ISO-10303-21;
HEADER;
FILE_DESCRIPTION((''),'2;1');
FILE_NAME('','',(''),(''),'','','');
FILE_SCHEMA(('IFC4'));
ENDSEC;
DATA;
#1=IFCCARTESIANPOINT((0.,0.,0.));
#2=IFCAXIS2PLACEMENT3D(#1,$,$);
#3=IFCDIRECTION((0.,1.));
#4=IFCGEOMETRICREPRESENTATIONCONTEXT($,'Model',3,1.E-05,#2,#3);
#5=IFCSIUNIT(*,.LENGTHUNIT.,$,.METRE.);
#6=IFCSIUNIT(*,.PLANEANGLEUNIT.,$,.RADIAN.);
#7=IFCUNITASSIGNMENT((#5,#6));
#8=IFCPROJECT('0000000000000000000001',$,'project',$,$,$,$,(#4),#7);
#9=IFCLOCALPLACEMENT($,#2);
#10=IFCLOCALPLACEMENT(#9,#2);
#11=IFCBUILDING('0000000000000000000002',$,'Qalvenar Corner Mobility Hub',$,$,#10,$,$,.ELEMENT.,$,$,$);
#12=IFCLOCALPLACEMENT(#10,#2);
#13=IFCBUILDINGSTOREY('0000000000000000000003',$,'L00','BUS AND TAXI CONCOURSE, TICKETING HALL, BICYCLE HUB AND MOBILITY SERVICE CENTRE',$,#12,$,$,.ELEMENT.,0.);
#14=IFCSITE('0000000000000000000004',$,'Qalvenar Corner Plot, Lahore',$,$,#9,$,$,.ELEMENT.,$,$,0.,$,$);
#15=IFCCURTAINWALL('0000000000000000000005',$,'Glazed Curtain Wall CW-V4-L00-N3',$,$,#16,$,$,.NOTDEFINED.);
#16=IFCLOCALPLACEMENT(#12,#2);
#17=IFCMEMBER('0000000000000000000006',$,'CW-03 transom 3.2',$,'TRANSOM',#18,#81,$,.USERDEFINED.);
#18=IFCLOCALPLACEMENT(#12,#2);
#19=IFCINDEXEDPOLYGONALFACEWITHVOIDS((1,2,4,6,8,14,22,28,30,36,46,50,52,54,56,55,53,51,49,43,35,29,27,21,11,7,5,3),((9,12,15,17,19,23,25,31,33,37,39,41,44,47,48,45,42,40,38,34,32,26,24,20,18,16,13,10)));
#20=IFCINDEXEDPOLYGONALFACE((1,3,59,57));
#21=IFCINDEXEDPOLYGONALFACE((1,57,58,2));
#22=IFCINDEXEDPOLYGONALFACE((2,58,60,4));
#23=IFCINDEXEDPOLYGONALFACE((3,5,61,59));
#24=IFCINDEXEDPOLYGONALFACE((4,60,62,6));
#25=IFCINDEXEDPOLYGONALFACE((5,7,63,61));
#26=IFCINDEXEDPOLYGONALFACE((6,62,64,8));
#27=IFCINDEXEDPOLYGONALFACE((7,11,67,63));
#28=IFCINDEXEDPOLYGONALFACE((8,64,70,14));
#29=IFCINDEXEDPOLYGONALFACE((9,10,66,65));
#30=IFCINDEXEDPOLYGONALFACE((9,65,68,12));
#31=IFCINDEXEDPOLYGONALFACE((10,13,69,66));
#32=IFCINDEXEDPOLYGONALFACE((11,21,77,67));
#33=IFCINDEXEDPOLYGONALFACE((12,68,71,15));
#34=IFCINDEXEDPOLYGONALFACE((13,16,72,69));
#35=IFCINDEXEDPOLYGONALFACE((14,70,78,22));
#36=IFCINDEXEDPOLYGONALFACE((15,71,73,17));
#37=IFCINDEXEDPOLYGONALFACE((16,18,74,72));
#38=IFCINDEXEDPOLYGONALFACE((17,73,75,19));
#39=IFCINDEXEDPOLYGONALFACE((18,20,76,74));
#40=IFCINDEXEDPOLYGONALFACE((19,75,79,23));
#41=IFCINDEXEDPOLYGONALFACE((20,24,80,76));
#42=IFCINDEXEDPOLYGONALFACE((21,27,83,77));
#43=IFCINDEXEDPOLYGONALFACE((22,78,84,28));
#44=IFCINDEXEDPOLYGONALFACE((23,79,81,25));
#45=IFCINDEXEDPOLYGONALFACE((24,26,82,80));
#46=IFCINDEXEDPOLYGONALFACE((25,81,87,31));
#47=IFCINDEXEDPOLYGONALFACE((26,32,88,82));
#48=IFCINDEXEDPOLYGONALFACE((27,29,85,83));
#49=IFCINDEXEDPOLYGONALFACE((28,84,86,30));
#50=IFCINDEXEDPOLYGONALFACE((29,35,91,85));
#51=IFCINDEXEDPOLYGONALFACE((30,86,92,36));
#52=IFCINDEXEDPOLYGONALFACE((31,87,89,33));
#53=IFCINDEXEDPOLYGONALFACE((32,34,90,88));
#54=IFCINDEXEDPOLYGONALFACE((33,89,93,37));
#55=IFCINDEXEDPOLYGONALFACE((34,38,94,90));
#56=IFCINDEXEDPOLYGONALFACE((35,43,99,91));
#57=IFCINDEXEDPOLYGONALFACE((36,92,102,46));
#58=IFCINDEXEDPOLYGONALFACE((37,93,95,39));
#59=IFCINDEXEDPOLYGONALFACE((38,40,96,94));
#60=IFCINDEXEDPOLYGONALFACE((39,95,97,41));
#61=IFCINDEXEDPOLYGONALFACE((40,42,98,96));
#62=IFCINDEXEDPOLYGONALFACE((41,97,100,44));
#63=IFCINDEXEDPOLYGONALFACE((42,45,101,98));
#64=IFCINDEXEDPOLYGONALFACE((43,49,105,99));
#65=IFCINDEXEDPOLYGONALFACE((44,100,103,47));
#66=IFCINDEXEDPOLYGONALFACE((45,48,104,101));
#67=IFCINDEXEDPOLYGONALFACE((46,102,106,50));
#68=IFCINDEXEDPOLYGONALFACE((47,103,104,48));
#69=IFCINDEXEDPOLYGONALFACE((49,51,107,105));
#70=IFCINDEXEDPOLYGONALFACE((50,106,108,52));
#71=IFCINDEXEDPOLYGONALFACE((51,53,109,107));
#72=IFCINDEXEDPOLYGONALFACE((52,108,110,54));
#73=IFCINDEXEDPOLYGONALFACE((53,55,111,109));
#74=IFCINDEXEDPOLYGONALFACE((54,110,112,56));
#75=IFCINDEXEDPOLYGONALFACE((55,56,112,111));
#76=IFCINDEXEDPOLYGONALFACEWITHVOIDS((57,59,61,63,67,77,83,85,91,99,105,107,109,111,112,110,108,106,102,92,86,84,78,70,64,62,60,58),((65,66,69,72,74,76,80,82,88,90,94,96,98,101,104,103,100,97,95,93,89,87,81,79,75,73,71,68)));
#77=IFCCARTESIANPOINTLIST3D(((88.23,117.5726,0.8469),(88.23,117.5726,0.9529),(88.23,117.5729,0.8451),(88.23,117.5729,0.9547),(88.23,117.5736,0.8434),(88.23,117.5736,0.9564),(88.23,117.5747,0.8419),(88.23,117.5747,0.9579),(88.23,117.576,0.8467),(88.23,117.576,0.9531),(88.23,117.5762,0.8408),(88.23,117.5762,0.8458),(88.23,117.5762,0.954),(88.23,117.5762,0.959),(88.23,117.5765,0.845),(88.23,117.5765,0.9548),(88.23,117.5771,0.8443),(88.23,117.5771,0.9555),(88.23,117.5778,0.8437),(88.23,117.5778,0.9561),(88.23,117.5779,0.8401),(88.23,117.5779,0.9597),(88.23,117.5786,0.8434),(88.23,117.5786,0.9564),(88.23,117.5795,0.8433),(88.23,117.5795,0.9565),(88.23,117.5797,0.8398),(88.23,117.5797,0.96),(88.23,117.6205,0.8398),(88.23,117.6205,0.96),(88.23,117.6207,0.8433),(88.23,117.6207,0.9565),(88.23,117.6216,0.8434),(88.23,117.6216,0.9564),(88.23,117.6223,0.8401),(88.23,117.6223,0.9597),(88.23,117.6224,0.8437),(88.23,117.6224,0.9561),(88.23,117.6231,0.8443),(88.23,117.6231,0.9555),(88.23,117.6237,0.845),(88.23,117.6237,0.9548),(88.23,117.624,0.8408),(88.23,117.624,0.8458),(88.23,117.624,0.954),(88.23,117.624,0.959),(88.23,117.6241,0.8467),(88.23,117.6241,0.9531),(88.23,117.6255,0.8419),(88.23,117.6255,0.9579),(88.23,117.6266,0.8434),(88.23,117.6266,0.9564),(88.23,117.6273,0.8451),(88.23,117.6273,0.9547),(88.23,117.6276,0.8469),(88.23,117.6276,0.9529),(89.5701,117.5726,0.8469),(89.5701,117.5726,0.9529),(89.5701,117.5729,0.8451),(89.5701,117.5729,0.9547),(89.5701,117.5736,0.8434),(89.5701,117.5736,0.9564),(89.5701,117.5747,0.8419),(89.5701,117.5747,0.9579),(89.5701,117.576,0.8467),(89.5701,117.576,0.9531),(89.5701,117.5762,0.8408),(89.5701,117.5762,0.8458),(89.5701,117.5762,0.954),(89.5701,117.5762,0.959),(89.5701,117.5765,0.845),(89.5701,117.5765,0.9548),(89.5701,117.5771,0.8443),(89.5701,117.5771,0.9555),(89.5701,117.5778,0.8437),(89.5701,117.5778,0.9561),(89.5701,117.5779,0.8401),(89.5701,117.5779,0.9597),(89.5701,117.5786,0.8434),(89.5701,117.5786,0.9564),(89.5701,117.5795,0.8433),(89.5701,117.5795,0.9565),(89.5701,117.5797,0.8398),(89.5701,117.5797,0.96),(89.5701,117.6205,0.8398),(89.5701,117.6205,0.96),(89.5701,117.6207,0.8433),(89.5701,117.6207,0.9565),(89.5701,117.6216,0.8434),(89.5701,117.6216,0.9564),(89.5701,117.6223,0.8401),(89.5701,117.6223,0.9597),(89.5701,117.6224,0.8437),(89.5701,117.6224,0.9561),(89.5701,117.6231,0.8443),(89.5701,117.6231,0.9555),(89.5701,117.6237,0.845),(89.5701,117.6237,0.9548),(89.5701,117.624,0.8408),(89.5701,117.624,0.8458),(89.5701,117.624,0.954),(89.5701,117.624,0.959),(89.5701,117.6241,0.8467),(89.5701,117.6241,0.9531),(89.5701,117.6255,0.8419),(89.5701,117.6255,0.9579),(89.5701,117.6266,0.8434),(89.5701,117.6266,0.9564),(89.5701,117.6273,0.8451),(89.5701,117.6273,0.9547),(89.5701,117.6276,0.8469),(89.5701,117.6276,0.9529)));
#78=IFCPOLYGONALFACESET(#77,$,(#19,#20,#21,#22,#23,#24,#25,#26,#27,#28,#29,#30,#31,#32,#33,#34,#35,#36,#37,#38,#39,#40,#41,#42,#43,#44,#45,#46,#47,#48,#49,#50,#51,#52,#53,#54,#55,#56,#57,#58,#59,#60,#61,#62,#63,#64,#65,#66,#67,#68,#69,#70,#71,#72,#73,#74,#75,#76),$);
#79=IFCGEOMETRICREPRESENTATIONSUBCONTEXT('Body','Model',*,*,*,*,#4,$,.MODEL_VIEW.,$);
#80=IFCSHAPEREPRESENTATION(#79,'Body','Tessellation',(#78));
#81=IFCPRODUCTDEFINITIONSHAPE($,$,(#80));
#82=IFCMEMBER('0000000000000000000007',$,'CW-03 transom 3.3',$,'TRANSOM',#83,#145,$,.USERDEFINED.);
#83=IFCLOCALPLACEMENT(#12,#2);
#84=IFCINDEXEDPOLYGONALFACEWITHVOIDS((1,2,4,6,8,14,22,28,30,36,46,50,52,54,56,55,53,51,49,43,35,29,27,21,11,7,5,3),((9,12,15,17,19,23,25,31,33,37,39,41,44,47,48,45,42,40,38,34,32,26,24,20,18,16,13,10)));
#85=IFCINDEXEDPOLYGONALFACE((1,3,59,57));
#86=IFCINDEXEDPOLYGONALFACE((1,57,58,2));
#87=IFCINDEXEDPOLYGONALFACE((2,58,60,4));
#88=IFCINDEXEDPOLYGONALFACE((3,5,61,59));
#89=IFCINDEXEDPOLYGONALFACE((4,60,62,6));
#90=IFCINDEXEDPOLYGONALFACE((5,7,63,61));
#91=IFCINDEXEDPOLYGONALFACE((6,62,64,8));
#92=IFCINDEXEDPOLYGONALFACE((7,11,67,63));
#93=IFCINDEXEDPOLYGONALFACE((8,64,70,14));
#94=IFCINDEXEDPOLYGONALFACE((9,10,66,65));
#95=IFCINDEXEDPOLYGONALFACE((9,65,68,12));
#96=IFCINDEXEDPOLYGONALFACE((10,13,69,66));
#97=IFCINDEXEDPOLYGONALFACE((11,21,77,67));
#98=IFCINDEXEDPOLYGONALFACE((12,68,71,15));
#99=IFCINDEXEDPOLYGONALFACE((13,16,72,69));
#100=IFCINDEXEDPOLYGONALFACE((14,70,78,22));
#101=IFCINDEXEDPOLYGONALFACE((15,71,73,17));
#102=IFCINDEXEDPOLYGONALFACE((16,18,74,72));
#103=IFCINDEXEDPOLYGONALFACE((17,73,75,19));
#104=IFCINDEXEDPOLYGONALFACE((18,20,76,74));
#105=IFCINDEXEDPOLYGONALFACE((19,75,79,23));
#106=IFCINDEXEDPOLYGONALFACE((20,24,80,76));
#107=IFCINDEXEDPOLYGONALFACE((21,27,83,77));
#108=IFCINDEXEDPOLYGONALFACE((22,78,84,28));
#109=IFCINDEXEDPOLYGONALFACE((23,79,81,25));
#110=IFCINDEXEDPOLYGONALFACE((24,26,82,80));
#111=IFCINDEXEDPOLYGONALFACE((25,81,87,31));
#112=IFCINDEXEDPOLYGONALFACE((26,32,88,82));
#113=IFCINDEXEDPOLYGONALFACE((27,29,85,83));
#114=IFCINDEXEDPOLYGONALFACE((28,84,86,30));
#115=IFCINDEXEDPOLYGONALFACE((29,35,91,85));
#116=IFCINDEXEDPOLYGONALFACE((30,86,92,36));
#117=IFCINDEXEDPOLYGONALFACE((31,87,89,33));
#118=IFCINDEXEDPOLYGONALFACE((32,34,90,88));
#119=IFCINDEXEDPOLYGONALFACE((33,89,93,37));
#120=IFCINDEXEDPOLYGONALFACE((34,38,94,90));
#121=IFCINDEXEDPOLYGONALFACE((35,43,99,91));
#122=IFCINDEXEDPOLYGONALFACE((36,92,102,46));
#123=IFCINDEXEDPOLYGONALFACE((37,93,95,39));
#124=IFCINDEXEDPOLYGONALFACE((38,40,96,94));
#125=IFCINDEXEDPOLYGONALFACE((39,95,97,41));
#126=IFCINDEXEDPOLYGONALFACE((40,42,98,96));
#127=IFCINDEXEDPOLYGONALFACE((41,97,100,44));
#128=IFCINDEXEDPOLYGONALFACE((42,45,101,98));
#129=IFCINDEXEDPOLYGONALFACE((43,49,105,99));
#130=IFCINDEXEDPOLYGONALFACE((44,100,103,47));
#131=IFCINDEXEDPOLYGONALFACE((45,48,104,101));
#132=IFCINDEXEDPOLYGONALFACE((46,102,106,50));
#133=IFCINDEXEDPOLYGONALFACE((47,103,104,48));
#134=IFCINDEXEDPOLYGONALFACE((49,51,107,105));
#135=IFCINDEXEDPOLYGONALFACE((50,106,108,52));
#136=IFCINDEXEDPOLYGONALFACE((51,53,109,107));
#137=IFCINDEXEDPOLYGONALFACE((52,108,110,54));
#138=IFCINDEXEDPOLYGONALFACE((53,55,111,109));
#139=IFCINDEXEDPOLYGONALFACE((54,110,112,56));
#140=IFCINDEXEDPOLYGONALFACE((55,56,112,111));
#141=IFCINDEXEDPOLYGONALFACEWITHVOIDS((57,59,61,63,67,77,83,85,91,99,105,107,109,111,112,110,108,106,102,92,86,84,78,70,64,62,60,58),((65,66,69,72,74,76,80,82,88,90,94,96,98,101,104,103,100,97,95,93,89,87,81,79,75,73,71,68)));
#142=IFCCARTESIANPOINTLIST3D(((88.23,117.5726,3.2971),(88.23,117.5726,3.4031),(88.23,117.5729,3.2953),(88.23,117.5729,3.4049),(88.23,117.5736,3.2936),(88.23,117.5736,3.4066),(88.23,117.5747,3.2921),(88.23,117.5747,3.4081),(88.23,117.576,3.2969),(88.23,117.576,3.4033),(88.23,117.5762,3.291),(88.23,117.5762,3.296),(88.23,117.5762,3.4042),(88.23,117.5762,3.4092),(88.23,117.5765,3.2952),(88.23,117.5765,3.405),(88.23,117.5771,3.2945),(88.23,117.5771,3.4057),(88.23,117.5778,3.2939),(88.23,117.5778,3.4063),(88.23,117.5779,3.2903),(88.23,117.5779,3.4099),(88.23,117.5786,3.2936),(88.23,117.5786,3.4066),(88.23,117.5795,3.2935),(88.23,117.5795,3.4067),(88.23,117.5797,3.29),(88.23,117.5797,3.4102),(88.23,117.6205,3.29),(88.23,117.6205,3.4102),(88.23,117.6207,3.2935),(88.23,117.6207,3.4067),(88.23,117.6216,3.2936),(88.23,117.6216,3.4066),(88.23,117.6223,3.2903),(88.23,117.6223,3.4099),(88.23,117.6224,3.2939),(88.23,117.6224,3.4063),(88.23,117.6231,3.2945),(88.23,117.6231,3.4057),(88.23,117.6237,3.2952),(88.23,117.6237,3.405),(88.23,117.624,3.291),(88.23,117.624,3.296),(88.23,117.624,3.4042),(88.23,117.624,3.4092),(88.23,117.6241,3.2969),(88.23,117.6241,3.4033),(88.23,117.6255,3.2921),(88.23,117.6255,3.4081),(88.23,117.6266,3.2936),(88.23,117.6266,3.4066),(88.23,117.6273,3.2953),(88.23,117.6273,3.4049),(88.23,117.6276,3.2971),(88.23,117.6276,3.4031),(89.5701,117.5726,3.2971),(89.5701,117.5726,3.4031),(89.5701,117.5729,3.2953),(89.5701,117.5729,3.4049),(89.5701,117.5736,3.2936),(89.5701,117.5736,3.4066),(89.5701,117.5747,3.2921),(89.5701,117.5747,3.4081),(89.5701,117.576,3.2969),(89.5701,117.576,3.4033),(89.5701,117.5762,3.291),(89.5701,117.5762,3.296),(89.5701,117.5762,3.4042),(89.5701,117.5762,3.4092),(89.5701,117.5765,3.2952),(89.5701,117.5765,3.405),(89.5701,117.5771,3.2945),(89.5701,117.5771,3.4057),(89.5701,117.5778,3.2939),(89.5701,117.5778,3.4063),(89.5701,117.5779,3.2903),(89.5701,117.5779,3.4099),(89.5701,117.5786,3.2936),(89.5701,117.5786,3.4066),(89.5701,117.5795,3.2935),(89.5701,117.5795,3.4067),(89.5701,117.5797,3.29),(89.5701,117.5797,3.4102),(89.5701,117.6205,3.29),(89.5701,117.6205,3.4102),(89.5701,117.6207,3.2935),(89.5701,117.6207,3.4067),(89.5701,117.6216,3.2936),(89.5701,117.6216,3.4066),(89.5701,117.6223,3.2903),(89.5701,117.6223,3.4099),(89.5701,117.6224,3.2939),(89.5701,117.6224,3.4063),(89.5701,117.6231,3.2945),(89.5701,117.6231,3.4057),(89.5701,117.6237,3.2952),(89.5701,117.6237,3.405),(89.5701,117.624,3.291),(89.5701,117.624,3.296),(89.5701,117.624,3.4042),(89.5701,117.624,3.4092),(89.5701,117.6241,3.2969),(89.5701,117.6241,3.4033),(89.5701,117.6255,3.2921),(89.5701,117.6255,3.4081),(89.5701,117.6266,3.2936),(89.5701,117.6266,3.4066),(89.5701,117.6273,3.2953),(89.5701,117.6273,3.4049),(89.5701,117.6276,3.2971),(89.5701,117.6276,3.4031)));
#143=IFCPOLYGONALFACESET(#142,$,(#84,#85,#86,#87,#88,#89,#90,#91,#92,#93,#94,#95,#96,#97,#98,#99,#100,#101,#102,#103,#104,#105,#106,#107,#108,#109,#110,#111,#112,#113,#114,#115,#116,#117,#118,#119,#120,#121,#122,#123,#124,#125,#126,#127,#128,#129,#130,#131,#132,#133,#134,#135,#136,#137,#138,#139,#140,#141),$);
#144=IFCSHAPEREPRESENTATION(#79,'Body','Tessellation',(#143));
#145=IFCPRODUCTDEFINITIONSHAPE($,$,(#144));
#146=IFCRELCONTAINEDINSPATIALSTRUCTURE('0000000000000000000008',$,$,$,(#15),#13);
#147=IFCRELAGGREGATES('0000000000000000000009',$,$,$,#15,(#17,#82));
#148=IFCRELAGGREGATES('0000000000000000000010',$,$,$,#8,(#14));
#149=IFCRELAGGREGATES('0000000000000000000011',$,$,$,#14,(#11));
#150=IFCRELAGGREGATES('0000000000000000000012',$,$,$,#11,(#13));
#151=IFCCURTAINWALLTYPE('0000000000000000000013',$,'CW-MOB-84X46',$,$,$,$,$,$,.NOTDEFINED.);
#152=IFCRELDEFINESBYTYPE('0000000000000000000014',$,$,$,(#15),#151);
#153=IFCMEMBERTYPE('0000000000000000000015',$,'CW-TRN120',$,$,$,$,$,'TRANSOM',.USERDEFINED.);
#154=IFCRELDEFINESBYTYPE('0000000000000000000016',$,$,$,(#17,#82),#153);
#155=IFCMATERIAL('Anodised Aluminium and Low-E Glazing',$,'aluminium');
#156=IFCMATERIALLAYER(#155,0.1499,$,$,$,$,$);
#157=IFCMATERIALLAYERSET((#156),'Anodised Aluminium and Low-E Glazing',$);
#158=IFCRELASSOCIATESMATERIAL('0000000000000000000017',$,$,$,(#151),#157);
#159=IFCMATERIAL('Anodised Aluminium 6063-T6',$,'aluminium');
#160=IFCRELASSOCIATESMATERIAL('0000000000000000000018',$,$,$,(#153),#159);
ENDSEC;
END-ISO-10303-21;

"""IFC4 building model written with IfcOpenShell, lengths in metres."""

from ifc_helpers import new_model, si_unit, direction, frame, origin, origin_2d, place, context, subcontext, project, spatial, hollow_rectangle, extrude, material, layer, layer_set, material_profile, profile_set, type_object, element, aggregate, save


model = new_model("IFC4")

# Units and contexts
model_context = context("Model", 3, precision=1e-05, world=origin(), true_north=direction((0.0, 1.0)))
body_context = subcontext(model_context, "Body", "Model", "MODEL_VIEW")
ifc_project = project(units=[si_unit("LENGTHUNIT", "METRE"), si_unit("PLANEANGLEUNIT", "RADIAN")], contexts=[model_context])

# Site, building, storey
site_placement = place(None, origin())
site = spatial("IfcSite", under=ifc_project, at=site_placement, Name="Qalvenar Corner Plot, Lahore", CompositionType="ELEMENT", RefElevation=0.0)
building_placement = place(site_placement, origin())
building = spatial("IfcBuilding", under=site, at=building_placement, Name="Qalvenar Corner Mobility Hub", CompositionType="ELEMENT")
storey_placement = place(building_placement, origin())
storey = spatial("IfcBuildingStorey", under=building, at=storey_placement, Name="L00", Description="BUS AND TAXI CONCOURSE, TICKETING HALL, BICYCLE HUB AND MOBILITY SERVICE CENTRE", CompositionType="ELEMENT", Elevation=0.0)

# Curtain wall, members
ifc_material_1 = material(Name="Anodised Aluminium and Low-E Glazing", Category="aluminium")
ifc_layer_1 = layer(ifc_material_1, 0.1499)
ifc_layer_set_1 = layer_set([ifc_layer_1], Name="Anodised Aluminium and Low-E Glazing")
curtain_wall_type = type_object("IfcCurtainWallType", Name="CW-MOB-84X46", PredefinedType="NOTDEFINED", material=ifc_layer_set_1)
curtain_wall_placement = place(storey_placement, origin())
curtain_wall = element("IfcCurtainWall", 1, at=curtain_wall_placement, inside=storey, type_object=curtain_wall_type, Name="Glazed Curtain Wall CW-V4-L00-N3", PredefinedType="NOTDEFINED")
ifc_material_2 = material(Name="Anodised Aluminium 6063-T6", Category="aluminium")
ifc_material_profile_1 = material_profile(ifc_material_2, hollow_rectangle(XDim=0.0549, YDim=0.1201, WallThickness=0.0034, InnerFilletRadius=0.0034, OuterFilletRadius=0.0071, at=origin_2d()), Name="RHS120x55x3.5")
ifc_profile_set_1 = profile_set([ifc_material_profile_1], Name="Anodised Aluminium 6063-T6")
member_type_1 = type_object("IfcMemberType", Name="CW-TRN120", ElementType="TRANSOM", PredefinedType="USERDEFINED", material=ifc_profile_set_1)
member_1_placement = place(storey_placement, frame((89.5701, 117.6001, 0.8999), z_axis=(-1.0, 0.0, 0.0), x_axis=(0.0, -1.0, 0.0)))
member_1 = element("IfcMember", 2, at=member_1_placement, type_object=member_type_1, Name="CW-03 transom 3.2", ObjectType="TRANSOM", PredefinedType="USERDEFINED", context=body_context, shape_type="SweptSolid", body=[
    extrude(hollow_rectangle(XDim=0.0549, YDim=0.1201, WallThickness=0.0034, InnerFilletRadius=0.0034, OuterFilletRadius=0.0071, at=origin_2d()), origin(), (0.0, 0.0, 1.0), 1.3401),
])
member_2_placement = place(storey_placement, frame((89.5701, 117.6001, 3.3501), z_axis=(-1.0, 0.0, 0.0), x_axis=(0.0, -1.0, 0.0)))
member_2 = element("IfcMember", 3, at=member_2_placement, type_object=member_type_1, Name="CW-03 transom 3.3", ObjectType="TRANSOM", PredefinedType="USERDEFINED", context=body_context, shape_type="SweptSolid", body=[
    extrude(hollow_rectangle(XDim=0.0549, YDim=0.1201, WallThickness=0.0034, InnerFilletRadius=0.0034, OuterFilletRadius=0.0071, at=origin_2d()), origin(), (0.0, 0.0, 1.0), 1.3401),
])
aggregate(curtain_wall, [member_1, member_2])

save(model, "model.ifc")
